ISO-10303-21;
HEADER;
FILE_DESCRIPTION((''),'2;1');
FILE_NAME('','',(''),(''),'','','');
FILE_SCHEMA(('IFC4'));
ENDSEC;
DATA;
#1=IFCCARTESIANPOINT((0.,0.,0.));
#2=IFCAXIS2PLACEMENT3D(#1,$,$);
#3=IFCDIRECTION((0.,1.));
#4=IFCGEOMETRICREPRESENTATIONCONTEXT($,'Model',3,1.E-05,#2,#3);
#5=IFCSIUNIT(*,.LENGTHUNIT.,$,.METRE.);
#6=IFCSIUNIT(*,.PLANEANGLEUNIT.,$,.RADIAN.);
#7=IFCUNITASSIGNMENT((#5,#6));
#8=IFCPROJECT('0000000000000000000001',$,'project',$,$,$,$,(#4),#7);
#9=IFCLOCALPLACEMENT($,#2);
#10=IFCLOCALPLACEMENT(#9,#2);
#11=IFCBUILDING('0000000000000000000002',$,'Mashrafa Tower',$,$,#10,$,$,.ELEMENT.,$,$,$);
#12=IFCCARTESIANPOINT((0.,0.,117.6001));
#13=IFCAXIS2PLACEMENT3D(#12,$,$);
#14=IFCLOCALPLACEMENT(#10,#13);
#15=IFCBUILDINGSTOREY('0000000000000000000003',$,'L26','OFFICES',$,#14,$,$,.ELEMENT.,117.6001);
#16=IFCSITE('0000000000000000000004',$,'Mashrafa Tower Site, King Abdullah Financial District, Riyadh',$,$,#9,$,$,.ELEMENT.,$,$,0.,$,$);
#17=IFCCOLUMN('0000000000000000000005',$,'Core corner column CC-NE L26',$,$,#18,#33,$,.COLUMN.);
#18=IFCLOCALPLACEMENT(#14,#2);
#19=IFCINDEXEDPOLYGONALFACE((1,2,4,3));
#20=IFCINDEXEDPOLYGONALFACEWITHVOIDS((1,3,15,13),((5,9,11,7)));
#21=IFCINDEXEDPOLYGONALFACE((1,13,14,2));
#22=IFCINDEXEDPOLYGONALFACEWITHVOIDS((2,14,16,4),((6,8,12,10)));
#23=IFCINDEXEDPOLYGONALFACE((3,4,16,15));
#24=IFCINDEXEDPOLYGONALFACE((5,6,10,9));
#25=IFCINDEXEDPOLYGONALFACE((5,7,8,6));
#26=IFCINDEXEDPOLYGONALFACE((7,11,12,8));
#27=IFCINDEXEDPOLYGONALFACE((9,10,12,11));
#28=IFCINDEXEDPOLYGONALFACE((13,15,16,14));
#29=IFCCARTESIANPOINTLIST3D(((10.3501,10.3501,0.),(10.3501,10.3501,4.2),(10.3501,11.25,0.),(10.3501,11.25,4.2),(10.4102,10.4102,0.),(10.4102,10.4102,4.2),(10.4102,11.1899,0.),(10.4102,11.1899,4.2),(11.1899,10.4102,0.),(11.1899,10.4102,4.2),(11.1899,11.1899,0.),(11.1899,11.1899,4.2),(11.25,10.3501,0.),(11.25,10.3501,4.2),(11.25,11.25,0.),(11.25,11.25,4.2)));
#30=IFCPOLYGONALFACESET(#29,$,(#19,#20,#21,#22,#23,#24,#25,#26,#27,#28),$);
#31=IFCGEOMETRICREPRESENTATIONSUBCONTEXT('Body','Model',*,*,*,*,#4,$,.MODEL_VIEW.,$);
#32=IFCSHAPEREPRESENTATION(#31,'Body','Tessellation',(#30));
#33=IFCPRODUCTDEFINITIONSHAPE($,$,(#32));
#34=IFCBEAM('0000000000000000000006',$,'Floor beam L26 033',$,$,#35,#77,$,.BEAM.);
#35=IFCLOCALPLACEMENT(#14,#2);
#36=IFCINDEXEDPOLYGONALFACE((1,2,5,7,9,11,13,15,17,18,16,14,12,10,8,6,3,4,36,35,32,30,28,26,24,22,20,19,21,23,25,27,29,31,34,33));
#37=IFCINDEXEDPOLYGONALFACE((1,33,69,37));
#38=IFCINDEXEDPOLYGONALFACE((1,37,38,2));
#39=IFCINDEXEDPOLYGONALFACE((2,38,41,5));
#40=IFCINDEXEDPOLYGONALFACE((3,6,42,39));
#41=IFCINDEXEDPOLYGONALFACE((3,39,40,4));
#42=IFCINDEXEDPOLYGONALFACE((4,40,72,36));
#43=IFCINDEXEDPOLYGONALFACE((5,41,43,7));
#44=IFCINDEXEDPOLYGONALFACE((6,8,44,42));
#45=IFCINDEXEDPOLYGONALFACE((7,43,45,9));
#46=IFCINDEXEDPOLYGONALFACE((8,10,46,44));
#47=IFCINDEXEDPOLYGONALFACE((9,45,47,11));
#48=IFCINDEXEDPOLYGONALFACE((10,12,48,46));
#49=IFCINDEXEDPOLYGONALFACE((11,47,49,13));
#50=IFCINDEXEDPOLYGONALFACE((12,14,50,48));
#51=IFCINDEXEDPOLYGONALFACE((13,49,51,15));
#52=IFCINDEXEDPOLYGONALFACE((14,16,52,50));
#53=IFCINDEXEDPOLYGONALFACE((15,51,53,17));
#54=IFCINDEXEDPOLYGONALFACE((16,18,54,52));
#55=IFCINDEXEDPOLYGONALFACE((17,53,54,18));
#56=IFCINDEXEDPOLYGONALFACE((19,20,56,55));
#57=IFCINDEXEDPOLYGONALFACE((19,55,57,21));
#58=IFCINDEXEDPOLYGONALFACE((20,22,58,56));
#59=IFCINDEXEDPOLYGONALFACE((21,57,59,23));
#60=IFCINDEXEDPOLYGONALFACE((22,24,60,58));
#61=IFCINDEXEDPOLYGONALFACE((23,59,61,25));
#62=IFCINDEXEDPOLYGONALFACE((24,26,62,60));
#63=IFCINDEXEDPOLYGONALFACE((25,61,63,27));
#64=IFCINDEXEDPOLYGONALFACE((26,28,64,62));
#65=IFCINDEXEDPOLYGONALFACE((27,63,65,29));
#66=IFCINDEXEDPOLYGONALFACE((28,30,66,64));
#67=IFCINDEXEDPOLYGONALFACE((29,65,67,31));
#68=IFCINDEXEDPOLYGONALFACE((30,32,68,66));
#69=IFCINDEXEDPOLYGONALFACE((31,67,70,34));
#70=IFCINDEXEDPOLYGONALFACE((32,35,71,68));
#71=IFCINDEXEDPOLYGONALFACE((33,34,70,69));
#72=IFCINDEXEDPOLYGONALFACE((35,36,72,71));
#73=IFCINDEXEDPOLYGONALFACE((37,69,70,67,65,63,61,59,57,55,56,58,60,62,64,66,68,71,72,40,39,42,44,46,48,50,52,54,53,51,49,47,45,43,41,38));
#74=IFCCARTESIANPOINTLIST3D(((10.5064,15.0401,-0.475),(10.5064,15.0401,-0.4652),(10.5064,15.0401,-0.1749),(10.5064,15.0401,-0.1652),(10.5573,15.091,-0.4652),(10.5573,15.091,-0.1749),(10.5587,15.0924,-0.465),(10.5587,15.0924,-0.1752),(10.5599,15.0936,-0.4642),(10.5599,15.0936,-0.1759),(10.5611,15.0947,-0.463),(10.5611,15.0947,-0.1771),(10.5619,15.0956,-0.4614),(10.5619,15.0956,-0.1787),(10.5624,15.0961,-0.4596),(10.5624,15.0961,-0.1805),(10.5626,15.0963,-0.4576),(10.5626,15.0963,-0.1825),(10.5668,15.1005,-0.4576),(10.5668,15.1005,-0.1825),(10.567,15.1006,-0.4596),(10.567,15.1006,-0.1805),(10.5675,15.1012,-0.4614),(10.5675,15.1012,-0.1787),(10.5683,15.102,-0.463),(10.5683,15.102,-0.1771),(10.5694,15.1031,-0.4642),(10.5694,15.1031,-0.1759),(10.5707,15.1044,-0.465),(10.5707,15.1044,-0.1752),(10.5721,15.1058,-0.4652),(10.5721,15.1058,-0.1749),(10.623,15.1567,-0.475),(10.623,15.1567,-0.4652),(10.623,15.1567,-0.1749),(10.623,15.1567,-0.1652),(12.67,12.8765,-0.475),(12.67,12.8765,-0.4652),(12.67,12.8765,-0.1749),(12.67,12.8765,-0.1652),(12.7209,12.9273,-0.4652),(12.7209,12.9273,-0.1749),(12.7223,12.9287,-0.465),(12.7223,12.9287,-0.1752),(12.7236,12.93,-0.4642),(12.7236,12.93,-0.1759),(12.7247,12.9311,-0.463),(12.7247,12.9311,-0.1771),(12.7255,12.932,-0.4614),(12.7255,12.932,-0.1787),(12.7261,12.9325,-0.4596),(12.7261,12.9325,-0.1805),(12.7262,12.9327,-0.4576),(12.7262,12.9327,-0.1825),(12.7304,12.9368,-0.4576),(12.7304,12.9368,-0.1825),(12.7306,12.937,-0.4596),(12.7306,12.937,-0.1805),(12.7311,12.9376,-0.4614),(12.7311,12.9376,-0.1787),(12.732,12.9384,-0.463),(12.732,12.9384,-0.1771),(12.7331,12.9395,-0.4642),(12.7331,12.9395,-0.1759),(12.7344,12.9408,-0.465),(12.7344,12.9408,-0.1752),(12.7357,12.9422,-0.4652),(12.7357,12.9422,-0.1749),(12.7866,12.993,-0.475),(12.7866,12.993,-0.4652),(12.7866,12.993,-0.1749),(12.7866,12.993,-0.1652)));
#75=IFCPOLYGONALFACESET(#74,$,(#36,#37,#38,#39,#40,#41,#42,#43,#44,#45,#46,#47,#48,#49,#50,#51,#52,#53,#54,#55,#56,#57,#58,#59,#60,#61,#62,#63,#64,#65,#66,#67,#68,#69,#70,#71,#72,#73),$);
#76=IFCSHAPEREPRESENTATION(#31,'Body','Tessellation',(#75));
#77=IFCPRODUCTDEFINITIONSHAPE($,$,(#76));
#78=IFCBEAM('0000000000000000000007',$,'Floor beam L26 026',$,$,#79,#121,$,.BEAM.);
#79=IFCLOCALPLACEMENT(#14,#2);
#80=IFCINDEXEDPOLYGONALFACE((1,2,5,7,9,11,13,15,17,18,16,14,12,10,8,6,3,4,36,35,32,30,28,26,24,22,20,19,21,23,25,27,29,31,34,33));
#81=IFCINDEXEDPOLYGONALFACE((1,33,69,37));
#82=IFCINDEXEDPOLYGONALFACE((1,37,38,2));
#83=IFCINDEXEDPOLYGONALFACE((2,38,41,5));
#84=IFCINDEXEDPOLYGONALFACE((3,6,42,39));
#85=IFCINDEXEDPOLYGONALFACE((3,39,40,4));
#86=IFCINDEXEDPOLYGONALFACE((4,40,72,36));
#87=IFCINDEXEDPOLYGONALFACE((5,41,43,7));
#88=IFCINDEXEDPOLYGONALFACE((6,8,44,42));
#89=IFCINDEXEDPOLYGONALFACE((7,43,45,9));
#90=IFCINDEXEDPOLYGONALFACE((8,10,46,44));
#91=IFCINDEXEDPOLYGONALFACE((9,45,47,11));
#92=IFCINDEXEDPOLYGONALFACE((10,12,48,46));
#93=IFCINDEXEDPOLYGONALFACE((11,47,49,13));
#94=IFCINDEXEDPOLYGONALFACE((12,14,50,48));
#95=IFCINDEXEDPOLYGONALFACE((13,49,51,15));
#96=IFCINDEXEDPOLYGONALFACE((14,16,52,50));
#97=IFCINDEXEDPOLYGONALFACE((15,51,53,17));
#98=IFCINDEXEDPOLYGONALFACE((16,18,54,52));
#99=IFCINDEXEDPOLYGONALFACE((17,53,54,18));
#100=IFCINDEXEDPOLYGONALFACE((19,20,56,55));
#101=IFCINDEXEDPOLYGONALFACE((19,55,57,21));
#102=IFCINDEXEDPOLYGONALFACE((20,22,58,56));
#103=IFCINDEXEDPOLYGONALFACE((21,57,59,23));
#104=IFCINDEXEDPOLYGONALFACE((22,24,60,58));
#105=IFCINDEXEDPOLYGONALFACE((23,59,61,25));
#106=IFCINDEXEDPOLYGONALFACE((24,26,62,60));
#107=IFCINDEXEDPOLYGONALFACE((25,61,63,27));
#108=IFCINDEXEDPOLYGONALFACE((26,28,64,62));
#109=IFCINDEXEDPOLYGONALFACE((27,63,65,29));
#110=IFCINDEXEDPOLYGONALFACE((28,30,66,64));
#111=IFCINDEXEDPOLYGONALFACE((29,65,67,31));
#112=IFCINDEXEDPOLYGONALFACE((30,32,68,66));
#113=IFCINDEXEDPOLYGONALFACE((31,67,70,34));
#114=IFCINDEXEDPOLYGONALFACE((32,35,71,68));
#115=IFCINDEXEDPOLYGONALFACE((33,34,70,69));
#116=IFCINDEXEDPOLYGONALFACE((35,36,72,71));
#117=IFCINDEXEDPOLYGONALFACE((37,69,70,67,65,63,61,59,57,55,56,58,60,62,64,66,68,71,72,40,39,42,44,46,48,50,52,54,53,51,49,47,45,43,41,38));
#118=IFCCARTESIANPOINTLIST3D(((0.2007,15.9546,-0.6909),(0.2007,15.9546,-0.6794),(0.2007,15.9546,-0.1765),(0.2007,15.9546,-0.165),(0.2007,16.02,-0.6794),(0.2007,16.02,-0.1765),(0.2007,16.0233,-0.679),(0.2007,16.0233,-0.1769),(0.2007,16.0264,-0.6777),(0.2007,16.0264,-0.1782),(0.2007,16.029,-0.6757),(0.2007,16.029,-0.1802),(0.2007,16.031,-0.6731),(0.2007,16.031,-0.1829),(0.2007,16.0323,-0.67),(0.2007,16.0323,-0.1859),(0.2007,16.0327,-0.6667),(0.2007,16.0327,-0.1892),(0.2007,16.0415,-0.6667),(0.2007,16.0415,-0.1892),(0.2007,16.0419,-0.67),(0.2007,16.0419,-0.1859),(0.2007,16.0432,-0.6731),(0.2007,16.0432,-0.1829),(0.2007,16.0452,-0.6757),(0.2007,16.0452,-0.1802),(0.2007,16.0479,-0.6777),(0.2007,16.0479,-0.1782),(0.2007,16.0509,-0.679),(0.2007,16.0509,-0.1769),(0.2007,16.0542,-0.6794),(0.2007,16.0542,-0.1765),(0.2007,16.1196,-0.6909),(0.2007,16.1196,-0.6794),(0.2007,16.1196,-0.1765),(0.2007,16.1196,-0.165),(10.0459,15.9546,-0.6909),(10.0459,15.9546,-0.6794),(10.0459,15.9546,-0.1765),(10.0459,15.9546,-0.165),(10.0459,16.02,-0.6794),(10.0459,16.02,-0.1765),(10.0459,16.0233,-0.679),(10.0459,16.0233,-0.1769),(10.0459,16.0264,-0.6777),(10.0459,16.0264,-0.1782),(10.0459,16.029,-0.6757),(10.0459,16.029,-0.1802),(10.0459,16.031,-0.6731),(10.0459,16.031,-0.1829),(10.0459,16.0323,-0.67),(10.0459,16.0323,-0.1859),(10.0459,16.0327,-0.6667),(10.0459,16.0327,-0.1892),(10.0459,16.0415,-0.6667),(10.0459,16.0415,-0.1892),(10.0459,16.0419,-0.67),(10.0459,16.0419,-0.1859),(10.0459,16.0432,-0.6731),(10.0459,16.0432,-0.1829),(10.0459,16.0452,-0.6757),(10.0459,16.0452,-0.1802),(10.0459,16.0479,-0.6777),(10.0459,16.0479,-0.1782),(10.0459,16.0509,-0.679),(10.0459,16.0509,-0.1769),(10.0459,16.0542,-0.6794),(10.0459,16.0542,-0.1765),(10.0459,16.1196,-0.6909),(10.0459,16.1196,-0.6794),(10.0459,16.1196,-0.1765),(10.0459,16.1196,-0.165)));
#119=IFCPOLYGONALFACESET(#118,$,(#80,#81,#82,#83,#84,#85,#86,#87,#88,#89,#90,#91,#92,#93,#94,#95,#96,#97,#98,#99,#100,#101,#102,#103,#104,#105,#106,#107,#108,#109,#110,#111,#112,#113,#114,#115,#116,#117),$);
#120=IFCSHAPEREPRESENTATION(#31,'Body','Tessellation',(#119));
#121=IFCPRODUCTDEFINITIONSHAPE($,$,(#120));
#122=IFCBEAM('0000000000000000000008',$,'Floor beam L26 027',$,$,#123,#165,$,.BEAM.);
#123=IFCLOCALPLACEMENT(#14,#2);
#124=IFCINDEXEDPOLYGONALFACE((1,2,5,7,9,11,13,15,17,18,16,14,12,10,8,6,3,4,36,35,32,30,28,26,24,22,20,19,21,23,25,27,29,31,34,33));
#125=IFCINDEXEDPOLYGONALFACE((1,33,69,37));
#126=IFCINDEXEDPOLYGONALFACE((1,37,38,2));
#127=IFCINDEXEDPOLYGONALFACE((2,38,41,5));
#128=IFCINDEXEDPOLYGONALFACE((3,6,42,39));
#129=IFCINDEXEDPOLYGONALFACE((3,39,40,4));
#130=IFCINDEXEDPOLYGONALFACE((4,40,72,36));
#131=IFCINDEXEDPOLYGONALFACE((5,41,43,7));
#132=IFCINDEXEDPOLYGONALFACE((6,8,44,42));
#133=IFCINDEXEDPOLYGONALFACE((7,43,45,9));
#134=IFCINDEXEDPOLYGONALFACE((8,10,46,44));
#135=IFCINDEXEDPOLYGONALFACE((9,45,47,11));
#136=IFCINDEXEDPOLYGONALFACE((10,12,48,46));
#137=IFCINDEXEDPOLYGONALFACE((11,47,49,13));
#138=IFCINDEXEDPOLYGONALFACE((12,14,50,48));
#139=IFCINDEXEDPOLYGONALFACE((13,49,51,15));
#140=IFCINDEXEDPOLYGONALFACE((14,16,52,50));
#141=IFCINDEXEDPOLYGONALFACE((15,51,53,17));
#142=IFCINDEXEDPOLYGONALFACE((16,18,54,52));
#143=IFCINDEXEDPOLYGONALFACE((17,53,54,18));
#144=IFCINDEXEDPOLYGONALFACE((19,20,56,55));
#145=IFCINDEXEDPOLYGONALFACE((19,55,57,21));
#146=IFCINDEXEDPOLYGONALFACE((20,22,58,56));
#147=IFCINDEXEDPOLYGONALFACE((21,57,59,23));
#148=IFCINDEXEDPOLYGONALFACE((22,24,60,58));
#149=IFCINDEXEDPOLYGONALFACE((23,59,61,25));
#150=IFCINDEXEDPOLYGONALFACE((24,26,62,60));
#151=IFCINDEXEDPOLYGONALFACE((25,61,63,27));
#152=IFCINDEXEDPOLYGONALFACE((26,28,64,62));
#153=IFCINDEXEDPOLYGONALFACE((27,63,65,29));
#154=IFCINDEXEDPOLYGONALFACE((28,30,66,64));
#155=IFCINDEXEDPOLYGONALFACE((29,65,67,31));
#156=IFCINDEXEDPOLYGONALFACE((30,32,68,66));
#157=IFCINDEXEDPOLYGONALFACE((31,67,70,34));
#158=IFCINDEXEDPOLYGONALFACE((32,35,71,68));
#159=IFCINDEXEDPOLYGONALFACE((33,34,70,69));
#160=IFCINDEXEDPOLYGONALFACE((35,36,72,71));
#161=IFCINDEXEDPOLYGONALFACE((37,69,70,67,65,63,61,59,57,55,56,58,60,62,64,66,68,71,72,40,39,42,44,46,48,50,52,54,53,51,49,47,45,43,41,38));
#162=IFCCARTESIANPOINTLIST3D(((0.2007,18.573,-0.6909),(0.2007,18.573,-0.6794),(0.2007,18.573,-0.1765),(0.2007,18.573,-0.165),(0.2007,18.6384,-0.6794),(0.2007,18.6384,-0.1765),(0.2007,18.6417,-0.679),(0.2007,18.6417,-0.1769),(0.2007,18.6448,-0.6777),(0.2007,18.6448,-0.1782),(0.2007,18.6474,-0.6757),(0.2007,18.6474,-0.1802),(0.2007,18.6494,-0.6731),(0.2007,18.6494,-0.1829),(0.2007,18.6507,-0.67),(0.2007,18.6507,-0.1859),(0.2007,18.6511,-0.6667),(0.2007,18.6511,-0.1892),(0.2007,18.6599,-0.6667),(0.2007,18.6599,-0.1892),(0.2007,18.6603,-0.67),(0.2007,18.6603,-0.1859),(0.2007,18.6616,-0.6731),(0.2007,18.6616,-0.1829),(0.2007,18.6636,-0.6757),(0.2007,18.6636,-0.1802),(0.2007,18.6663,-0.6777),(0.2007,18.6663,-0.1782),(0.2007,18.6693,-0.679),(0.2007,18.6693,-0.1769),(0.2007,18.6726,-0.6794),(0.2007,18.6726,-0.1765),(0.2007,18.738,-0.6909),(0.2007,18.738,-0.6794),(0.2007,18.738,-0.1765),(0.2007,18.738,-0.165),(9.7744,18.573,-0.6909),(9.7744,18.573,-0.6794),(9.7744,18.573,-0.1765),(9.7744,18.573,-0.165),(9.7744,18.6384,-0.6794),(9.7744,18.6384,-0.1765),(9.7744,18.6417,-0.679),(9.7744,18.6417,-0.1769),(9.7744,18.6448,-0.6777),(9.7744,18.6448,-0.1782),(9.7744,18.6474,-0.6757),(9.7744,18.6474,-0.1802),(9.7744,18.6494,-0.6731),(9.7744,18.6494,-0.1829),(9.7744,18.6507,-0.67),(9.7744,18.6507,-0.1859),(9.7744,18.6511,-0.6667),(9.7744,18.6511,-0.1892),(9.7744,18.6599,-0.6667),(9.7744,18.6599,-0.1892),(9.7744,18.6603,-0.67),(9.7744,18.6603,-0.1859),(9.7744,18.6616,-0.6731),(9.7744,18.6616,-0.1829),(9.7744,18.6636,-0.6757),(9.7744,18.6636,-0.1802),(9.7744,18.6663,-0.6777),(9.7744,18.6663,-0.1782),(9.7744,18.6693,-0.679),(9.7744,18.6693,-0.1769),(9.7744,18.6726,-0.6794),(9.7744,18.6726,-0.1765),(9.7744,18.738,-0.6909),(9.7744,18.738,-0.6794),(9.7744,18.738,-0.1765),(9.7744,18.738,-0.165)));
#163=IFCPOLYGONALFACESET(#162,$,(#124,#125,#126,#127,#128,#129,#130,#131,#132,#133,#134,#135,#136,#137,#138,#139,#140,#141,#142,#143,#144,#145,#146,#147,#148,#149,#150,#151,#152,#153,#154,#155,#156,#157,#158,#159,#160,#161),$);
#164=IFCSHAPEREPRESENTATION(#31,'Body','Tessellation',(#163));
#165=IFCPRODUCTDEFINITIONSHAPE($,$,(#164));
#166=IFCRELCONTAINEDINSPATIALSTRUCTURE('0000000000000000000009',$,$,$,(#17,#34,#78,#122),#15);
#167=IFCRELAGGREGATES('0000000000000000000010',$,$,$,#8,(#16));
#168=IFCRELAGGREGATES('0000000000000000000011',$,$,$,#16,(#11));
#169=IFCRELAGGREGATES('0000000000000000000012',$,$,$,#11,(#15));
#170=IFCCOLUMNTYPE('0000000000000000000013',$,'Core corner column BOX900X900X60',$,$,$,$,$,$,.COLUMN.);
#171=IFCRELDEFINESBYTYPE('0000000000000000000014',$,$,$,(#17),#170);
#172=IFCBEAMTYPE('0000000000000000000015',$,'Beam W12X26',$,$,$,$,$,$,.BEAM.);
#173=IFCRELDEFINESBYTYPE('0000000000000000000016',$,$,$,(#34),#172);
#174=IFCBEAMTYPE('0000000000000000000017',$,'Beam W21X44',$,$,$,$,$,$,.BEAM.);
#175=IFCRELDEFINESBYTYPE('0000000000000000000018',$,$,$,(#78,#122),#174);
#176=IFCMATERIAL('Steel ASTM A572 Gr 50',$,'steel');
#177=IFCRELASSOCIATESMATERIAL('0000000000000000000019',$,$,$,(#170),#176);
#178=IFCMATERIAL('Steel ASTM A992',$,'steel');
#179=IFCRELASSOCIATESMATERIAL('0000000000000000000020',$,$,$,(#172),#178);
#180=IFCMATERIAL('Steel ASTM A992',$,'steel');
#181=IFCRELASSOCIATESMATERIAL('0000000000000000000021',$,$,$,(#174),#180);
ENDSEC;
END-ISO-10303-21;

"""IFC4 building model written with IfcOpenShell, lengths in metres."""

from ifc_helpers import new_model, si_unit, direction, frame, origin, origin_2d, place, context, subcontext, project, spatial, hollow_rectangle, i_section, extrude, material, material_profile, profile_set, type_object, element, save


model = new_model("IFC4")

# Units and contexts
model_context = context("Model", 3, precision=1e-05, world=origin(), true_north=direction((0.0, 1.0)))
body_context = subcontext(model_context, "Body", "Model", "MODEL_VIEW")
ifc_project = project(units=[si_unit("LENGTHUNIT", "METRE"), si_unit("PLANEANGLEUNIT", "RADIAN")], contexts=[model_context])

# Site, building, storey
site_placement = place(None, origin())
site = spatial("IfcSite", under=ifc_project, at=site_placement, Name="Mashrafa Tower Site, King Abdullah Financial District, Riyadh", CompositionType="ELEMENT", RefElevation=0.0)
building_placement = place(site_placement, origin())
building = spatial("IfcBuilding", under=site, at=building_placement, Name="Mashrafa Tower", CompositionType="ELEMENT")
storey_placement = place(building_placement, frame((0.0, 0.0, 117.6001)))
storey = spatial("IfcBuildingStorey", under=building, at=storey_placement, Name="L26", Description="OFFICES", CompositionType="ELEMENT", Elevation=117.6001)

# Column
ifc_material_1 = material(Name="Steel ASTM A572 Gr 50", Category="steel")
ifc_material_profile_1 = material_profile(ifc_material_1, hollow_rectangle(XDim=0.8999, YDim=0.8999, WallThickness=0.0601, at=origin_2d()), Name="BOX900X900X60")
ifc_profile_set_1 = profile_set([ifc_material_profile_1], Name="Steel ASTM A572 Gr 50")
column_type = type_object("IfcColumnType", Name="Core corner column BOX900X900X60", PredefinedType="COLUMN", material=ifc_profile_set_1)
column_placement = place(storey_placement, frame((10.8, 10.8, 0.0), z_axis=(0.0, 0.0, 1.0), x_axis=(1.0, 0.0, 0.0)))
element("IfcColumn", 1, at=column_placement, inside=storey, type_object=column_type, Name="Core corner column CC-NE L26", PredefinedType="COLUMN", context=body_context, shape_type="SweptSolid", body=[
    extrude(hollow_rectangle(XDim=0.8999, YDim=0.8999, WallThickness=0.0601, at=origin_2d()), origin(), (0.0, 0.0, 1.0), 4.2),
])

# Beams
ifc_material_2 = material(Name="Steel ASTM A992", Category="steel")
ifc_material_profile_2 = material_profile(ifc_material_2, i_section(OverallWidth=0.1648, OverallDepth=0.3098, WebThickness=0.0059, FlangeThickness=0.0098, FilletRadius=0.0076, at=origin_2d()), Name="W12X26")
ifc_profile_set_2 = profile_set([ifc_material_profile_2], Name="Steel ASTM A992")
beam_type_1 = type_object("IfcBeamType", Name="Beam W12X26", PredefinedType="BEAM", material=ifc_profile_set_2)
beam_1_placement = place(storey_placement, frame((10.5647, 15.0984, -0.3201), z_axis=(0.707107, -0.707107, 0.0), x_axis=(0.707107, 0.707107, 0.0)))
element("IfcBeam", 2, at=beam_1_placement, inside=storey, type_object=beam_type_1, Name="Floor beam L26 033", PredefinedType="BEAM", context=body_context, shape_type="SweptSolid", body=[
    extrude(i_section(OverallWidth=0.1648, OverallDepth=0.3098, WebThickness=0.0059, FlangeThickness=0.0098, FilletRadius=0.0076, at=origin_2d()), origin(), (0.0, 0.0, 1.0), 3.0598),
])
ifc_material_3 = material(Name="Steel ASTM A992", Category="steel")
ifc_material_profile_3 = material_profile(ifc_material_3, i_section(OverallWidth=0.165, OverallDepth=0.5259, WebThickness=0.0088, FlangeThickness=0.0115, FilletRadius=0.0127, at=origin_2d()), Name="W21X44")
ifc_profile_set_3 = profile_set([ifc_material_profile_3], Name="Steel ASTM A992")
beam_type_2 = type_object("IfcBeamType", Name="Beam W21X44", PredefinedType="BEAM", material=ifc_profile_set_3)
beam_2_placement = place(storey_placement, frame((0.2007, 16.0371, -0.428), z_axis=(1.0, 0.0, 0.0), x_axis=(0.0, 1.0, 0.0)))
element("IfcBeam", 3, at=beam_2_placement, inside=storey, type_object=beam_type_2, Name="Floor beam L26 026", PredefinedType="BEAM", context=body_context, shape_type="SweptSolid", body=[
    extrude(i_section(OverallWidth=0.165, OverallDepth=0.5259, WebThickness=0.0088, FlangeThickness=0.0115, FilletRadius=0.0127, at=origin_2d()), origin(), (0.0, 0.0, 1.0), 9.8452),
])
beam_3_placement = place(storey_placement, frame((0.2007, 18.6555, -0.428), z_axis=(1.0, 0.0, 0.0), x_axis=(0.0, 1.0, 0.0)))
element("IfcBeam", 4, at=beam_3_placement, inside=storey, type_object=beam_type_2, Name="Floor beam L26 027", PredefinedType="BEAM", context=body_context, shape_type="SweptSolid", body=[
    extrude(i_section(OverallWidth=0.165, OverallDepth=0.5259, WebThickness=0.0088, FlangeThickness=0.0115, FilletRadius=0.0127, at=origin_2d()), origin(), (0.0, 0.0, 1.0), 9.5737),
])

save(model, "model.ifc")
